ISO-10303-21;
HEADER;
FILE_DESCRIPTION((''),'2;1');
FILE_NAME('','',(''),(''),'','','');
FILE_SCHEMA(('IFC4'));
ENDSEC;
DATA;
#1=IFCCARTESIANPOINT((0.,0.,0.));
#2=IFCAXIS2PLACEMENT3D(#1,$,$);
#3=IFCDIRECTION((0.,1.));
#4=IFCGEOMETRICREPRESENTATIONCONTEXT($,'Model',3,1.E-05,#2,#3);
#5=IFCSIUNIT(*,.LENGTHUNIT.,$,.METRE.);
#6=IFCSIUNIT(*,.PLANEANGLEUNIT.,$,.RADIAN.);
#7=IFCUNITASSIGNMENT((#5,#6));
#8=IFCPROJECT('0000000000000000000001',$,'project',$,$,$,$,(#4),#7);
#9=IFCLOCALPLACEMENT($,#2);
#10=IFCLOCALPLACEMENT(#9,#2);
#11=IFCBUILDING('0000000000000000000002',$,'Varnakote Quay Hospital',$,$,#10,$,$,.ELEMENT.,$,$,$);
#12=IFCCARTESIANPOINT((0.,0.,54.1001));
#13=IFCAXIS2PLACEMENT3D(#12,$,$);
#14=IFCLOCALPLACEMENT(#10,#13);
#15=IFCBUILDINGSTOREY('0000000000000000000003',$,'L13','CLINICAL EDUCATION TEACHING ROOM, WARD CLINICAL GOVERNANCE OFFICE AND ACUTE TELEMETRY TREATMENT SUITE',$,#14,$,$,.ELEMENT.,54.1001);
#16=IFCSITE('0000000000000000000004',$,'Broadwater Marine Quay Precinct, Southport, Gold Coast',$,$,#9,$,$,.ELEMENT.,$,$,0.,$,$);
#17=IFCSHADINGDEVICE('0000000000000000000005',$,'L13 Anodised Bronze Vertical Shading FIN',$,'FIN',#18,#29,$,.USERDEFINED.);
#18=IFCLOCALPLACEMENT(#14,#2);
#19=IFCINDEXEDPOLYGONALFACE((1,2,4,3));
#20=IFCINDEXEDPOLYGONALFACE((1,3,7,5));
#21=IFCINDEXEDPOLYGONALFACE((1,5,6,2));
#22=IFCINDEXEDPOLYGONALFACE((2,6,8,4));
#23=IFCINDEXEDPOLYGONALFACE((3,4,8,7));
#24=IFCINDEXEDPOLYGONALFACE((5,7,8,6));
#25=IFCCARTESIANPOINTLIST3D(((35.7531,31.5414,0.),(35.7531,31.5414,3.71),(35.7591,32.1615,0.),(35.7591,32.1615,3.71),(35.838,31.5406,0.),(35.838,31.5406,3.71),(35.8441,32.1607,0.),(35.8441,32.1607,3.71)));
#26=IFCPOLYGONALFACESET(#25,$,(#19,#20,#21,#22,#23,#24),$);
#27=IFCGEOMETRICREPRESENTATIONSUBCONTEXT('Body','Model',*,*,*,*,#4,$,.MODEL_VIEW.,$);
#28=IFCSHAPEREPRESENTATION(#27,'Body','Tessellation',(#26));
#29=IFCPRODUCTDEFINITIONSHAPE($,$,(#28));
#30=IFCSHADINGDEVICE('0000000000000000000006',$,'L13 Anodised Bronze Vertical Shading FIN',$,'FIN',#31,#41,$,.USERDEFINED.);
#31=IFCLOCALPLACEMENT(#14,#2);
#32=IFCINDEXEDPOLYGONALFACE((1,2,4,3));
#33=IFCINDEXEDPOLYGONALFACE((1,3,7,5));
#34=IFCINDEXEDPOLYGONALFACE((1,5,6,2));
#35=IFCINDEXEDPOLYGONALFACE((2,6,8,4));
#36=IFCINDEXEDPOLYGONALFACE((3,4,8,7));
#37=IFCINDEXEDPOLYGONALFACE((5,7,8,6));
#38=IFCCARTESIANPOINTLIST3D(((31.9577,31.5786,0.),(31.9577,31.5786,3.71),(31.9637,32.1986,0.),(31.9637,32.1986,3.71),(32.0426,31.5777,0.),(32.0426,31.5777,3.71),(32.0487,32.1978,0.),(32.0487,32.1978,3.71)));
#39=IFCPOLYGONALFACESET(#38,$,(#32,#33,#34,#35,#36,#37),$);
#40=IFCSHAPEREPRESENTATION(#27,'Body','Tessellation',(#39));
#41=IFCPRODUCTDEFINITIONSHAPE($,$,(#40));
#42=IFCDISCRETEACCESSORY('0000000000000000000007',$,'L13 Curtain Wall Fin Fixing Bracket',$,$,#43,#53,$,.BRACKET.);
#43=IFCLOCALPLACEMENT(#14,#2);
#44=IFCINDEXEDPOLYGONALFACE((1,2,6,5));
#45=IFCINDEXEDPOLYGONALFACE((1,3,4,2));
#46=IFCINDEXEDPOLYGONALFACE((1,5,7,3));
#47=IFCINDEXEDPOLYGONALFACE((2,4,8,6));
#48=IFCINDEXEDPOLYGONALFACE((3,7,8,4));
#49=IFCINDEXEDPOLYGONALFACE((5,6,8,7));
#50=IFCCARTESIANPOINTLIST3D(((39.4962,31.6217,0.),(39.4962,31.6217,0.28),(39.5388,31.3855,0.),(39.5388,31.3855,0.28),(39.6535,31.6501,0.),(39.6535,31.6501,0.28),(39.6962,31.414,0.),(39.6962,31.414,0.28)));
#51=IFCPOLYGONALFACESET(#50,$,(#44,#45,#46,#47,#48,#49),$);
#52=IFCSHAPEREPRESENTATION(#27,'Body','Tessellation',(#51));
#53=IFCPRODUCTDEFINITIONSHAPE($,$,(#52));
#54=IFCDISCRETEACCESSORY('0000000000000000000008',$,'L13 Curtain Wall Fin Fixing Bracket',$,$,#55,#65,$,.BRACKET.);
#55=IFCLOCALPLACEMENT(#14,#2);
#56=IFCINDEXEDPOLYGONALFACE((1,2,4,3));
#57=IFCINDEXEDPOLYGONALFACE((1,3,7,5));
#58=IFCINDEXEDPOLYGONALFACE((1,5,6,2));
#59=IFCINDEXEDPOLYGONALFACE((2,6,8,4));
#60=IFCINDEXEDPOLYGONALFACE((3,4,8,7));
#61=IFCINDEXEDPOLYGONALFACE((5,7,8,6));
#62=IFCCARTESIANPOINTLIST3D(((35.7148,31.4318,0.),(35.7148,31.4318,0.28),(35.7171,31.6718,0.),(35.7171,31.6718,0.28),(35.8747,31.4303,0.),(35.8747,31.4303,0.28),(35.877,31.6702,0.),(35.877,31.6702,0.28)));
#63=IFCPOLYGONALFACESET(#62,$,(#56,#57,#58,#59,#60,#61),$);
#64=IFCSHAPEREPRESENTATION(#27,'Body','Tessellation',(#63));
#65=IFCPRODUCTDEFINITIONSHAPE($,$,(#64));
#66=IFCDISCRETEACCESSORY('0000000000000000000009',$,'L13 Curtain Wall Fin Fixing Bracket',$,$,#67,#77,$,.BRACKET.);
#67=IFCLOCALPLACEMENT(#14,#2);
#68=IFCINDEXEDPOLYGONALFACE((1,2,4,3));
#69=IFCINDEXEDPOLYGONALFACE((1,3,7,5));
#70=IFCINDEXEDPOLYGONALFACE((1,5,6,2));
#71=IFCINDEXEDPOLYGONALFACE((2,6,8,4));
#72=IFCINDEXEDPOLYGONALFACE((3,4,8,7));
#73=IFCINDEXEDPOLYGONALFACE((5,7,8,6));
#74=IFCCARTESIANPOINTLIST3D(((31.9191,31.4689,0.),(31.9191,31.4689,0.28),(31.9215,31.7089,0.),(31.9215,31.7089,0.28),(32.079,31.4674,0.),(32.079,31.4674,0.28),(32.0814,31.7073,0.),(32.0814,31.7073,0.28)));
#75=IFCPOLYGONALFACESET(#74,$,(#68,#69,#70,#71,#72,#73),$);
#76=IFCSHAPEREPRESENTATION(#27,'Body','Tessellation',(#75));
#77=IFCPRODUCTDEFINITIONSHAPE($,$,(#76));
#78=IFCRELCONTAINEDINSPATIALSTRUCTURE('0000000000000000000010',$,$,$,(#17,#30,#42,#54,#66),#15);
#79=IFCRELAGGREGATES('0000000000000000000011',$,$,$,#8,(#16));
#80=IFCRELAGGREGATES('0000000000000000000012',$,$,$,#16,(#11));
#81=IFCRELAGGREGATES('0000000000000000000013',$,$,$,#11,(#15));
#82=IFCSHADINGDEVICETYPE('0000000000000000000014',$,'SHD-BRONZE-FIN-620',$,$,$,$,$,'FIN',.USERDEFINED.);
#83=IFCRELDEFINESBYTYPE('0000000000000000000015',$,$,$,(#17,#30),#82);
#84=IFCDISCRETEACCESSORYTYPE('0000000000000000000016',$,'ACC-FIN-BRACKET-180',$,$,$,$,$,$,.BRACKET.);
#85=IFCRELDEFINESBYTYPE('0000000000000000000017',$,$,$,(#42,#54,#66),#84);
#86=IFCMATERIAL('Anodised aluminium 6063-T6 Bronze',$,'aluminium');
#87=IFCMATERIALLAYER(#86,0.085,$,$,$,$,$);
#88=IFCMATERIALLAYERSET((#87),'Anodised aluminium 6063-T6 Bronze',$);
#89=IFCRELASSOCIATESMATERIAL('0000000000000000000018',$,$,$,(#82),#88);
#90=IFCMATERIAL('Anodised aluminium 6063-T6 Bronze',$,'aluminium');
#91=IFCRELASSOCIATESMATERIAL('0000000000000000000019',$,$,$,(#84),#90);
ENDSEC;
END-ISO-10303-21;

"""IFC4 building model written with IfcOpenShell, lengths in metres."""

from ifc_helpers import new_model, si_unit, direction, frame, origin, origin_2d, place, context, subcontext, project, spatial, rectangle, extrude, material, layer, layer_set, type_object, element, save


model = new_model("IFC4")

# Units and contexts
model_context = context("Model", 3, precision=1e-05, world=origin(), true_north=direction((0.0, 1.0)))
body_context = subcontext(model_context, "Body", "Model", "MODEL_VIEW")
ifc_project = project(units=[si_unit("LENGTHUNIT", "METRE"), si_unit("PLANEANGLEUNIT", "RADIAN")], contexts=[model_context])

# Site, building, storey
site_placement = place(None, origin())
site = spatial("IfcSite", under=ifc_project, at=site_placement, Name="Broadwater Marine Quay Precinct, Southport, Gold Coast", CompositionType="ELEMENT", RefElevation=0.0)
building_placement = place(site_placement, origin())
building = spatial("IfcBuilding", under=site, at=building_placement, Name="Varnakote Quay Hospital", CompositionType="ELEMENT")
storey_placement = place(building_placement, frame((0.0, 0.0, 54.1001)))
storey = spatial("IfcBuildingStorey", under=building, at=storey_placement, Name="L13", Description="CLINICAL EDUCATION TEACHING ROOM, WARD CLINICAL GOVERNANCE OFFICE AND ACUTE TELEMETRY TREATMENT SUITE", CompositionType="ELEMENT", Elevation=54.1001)

# Shading devices
ifc_material_1 = material(Name="Anodised aluminium 6063-T6 Bronze", Category="aluminium")
ifc_layer_1 = layer(ifc_material_1, 0.085)
ifc_layer_set_1 = layer_set([ifc_layer_1], Name="Anodised aluminium 6063-T6 Bronze")
shading_device_type = type_object("IfcShadingDeviceType", Name="SHD-BRONZE-FIN-620", ElementType="FIN", PredefinedType="USERDEFINED", material=ifc_layer_set_1)
for number, where, z_axis, x_axis, name in (
    (1, (35.7986, 31.8511, 0.0), (0.0, 0.0, 1.0), (-0.009774, -0.999952, 0.0), "L13 Anodised Bronze Vertical Shading FIN"),
    (2, (32.0032, 31.8882, 0.0), (0.0, 0.0, 1.0), (-0.009774, -0.999952, 0.0), "L13 Anodised Bronze Vertical Shading FIN"),
):
    element("IfcShadingDevice", number, at=place(storey_placement, frame(where, z_axis=z_axis, x_axis=x_axis)), inside=storey, type_object=shading_device_type, Name=name, ObjectType="FIN", PredefinedType="USERDEFINED", context=body_context, shape_type="SweptSolid", body=[
        extrude(rectangle(XDim=0.6201, YDim=0.085, at=origin_2d()), origin(), (0.0, 0.0, 1.0), 3.71),
    ])

# Discrete accessories
ifc_material_2 = material(Name="Anodised aluminium 6063-T6 Bronze", Category="aluminium")
discrete_accessory_type = type_object("IfcDiscreteAccessoryType", Name="ACC-FIN-BRACKET-180", PredefinedType="BRACKET", material=ifc_material_2)
for number, where, z_axis, x_axis, name in (
    (3, (39.5962, 31.5178, 0.0), (0.0, 0.0, 1.0), (-0.984072, -0.177772, 0.0), "L13 Curtain Wall Fin Fixing Bracket"),
    (4, (35.7959, 31.551, 0.0), (0.0, 0.0, 1.0), (-0.999952, 0.009774, 0.0), "L13 Curtain Wall Fin Fixing Bracket"),
    (5, (32.0002, 31.5881, 0.0), (0.0, 0.0, 1.0), (-0.999952, 0.009774, 0.0), "L13 Curtain Wall Fin Fixing Bracket"),
):
    element("IfcDiscreteAccessory", number, at=place(storey_placement, frame(where, z_axis=z_axis, x_axis=x_axis)), inside=storey, type_object=discrete_accessory_type, Name=name, PredefinedType="BRACKET", context=body_context, shape_type="SweptSolid", body=[
        extrude(rectangle(XDim=0.1599, YDim=0.24, at=origin_2d()), origin(), (0.0, 0.0, 1.0), 0.28),
    ])

save(model, "model.ifc")
